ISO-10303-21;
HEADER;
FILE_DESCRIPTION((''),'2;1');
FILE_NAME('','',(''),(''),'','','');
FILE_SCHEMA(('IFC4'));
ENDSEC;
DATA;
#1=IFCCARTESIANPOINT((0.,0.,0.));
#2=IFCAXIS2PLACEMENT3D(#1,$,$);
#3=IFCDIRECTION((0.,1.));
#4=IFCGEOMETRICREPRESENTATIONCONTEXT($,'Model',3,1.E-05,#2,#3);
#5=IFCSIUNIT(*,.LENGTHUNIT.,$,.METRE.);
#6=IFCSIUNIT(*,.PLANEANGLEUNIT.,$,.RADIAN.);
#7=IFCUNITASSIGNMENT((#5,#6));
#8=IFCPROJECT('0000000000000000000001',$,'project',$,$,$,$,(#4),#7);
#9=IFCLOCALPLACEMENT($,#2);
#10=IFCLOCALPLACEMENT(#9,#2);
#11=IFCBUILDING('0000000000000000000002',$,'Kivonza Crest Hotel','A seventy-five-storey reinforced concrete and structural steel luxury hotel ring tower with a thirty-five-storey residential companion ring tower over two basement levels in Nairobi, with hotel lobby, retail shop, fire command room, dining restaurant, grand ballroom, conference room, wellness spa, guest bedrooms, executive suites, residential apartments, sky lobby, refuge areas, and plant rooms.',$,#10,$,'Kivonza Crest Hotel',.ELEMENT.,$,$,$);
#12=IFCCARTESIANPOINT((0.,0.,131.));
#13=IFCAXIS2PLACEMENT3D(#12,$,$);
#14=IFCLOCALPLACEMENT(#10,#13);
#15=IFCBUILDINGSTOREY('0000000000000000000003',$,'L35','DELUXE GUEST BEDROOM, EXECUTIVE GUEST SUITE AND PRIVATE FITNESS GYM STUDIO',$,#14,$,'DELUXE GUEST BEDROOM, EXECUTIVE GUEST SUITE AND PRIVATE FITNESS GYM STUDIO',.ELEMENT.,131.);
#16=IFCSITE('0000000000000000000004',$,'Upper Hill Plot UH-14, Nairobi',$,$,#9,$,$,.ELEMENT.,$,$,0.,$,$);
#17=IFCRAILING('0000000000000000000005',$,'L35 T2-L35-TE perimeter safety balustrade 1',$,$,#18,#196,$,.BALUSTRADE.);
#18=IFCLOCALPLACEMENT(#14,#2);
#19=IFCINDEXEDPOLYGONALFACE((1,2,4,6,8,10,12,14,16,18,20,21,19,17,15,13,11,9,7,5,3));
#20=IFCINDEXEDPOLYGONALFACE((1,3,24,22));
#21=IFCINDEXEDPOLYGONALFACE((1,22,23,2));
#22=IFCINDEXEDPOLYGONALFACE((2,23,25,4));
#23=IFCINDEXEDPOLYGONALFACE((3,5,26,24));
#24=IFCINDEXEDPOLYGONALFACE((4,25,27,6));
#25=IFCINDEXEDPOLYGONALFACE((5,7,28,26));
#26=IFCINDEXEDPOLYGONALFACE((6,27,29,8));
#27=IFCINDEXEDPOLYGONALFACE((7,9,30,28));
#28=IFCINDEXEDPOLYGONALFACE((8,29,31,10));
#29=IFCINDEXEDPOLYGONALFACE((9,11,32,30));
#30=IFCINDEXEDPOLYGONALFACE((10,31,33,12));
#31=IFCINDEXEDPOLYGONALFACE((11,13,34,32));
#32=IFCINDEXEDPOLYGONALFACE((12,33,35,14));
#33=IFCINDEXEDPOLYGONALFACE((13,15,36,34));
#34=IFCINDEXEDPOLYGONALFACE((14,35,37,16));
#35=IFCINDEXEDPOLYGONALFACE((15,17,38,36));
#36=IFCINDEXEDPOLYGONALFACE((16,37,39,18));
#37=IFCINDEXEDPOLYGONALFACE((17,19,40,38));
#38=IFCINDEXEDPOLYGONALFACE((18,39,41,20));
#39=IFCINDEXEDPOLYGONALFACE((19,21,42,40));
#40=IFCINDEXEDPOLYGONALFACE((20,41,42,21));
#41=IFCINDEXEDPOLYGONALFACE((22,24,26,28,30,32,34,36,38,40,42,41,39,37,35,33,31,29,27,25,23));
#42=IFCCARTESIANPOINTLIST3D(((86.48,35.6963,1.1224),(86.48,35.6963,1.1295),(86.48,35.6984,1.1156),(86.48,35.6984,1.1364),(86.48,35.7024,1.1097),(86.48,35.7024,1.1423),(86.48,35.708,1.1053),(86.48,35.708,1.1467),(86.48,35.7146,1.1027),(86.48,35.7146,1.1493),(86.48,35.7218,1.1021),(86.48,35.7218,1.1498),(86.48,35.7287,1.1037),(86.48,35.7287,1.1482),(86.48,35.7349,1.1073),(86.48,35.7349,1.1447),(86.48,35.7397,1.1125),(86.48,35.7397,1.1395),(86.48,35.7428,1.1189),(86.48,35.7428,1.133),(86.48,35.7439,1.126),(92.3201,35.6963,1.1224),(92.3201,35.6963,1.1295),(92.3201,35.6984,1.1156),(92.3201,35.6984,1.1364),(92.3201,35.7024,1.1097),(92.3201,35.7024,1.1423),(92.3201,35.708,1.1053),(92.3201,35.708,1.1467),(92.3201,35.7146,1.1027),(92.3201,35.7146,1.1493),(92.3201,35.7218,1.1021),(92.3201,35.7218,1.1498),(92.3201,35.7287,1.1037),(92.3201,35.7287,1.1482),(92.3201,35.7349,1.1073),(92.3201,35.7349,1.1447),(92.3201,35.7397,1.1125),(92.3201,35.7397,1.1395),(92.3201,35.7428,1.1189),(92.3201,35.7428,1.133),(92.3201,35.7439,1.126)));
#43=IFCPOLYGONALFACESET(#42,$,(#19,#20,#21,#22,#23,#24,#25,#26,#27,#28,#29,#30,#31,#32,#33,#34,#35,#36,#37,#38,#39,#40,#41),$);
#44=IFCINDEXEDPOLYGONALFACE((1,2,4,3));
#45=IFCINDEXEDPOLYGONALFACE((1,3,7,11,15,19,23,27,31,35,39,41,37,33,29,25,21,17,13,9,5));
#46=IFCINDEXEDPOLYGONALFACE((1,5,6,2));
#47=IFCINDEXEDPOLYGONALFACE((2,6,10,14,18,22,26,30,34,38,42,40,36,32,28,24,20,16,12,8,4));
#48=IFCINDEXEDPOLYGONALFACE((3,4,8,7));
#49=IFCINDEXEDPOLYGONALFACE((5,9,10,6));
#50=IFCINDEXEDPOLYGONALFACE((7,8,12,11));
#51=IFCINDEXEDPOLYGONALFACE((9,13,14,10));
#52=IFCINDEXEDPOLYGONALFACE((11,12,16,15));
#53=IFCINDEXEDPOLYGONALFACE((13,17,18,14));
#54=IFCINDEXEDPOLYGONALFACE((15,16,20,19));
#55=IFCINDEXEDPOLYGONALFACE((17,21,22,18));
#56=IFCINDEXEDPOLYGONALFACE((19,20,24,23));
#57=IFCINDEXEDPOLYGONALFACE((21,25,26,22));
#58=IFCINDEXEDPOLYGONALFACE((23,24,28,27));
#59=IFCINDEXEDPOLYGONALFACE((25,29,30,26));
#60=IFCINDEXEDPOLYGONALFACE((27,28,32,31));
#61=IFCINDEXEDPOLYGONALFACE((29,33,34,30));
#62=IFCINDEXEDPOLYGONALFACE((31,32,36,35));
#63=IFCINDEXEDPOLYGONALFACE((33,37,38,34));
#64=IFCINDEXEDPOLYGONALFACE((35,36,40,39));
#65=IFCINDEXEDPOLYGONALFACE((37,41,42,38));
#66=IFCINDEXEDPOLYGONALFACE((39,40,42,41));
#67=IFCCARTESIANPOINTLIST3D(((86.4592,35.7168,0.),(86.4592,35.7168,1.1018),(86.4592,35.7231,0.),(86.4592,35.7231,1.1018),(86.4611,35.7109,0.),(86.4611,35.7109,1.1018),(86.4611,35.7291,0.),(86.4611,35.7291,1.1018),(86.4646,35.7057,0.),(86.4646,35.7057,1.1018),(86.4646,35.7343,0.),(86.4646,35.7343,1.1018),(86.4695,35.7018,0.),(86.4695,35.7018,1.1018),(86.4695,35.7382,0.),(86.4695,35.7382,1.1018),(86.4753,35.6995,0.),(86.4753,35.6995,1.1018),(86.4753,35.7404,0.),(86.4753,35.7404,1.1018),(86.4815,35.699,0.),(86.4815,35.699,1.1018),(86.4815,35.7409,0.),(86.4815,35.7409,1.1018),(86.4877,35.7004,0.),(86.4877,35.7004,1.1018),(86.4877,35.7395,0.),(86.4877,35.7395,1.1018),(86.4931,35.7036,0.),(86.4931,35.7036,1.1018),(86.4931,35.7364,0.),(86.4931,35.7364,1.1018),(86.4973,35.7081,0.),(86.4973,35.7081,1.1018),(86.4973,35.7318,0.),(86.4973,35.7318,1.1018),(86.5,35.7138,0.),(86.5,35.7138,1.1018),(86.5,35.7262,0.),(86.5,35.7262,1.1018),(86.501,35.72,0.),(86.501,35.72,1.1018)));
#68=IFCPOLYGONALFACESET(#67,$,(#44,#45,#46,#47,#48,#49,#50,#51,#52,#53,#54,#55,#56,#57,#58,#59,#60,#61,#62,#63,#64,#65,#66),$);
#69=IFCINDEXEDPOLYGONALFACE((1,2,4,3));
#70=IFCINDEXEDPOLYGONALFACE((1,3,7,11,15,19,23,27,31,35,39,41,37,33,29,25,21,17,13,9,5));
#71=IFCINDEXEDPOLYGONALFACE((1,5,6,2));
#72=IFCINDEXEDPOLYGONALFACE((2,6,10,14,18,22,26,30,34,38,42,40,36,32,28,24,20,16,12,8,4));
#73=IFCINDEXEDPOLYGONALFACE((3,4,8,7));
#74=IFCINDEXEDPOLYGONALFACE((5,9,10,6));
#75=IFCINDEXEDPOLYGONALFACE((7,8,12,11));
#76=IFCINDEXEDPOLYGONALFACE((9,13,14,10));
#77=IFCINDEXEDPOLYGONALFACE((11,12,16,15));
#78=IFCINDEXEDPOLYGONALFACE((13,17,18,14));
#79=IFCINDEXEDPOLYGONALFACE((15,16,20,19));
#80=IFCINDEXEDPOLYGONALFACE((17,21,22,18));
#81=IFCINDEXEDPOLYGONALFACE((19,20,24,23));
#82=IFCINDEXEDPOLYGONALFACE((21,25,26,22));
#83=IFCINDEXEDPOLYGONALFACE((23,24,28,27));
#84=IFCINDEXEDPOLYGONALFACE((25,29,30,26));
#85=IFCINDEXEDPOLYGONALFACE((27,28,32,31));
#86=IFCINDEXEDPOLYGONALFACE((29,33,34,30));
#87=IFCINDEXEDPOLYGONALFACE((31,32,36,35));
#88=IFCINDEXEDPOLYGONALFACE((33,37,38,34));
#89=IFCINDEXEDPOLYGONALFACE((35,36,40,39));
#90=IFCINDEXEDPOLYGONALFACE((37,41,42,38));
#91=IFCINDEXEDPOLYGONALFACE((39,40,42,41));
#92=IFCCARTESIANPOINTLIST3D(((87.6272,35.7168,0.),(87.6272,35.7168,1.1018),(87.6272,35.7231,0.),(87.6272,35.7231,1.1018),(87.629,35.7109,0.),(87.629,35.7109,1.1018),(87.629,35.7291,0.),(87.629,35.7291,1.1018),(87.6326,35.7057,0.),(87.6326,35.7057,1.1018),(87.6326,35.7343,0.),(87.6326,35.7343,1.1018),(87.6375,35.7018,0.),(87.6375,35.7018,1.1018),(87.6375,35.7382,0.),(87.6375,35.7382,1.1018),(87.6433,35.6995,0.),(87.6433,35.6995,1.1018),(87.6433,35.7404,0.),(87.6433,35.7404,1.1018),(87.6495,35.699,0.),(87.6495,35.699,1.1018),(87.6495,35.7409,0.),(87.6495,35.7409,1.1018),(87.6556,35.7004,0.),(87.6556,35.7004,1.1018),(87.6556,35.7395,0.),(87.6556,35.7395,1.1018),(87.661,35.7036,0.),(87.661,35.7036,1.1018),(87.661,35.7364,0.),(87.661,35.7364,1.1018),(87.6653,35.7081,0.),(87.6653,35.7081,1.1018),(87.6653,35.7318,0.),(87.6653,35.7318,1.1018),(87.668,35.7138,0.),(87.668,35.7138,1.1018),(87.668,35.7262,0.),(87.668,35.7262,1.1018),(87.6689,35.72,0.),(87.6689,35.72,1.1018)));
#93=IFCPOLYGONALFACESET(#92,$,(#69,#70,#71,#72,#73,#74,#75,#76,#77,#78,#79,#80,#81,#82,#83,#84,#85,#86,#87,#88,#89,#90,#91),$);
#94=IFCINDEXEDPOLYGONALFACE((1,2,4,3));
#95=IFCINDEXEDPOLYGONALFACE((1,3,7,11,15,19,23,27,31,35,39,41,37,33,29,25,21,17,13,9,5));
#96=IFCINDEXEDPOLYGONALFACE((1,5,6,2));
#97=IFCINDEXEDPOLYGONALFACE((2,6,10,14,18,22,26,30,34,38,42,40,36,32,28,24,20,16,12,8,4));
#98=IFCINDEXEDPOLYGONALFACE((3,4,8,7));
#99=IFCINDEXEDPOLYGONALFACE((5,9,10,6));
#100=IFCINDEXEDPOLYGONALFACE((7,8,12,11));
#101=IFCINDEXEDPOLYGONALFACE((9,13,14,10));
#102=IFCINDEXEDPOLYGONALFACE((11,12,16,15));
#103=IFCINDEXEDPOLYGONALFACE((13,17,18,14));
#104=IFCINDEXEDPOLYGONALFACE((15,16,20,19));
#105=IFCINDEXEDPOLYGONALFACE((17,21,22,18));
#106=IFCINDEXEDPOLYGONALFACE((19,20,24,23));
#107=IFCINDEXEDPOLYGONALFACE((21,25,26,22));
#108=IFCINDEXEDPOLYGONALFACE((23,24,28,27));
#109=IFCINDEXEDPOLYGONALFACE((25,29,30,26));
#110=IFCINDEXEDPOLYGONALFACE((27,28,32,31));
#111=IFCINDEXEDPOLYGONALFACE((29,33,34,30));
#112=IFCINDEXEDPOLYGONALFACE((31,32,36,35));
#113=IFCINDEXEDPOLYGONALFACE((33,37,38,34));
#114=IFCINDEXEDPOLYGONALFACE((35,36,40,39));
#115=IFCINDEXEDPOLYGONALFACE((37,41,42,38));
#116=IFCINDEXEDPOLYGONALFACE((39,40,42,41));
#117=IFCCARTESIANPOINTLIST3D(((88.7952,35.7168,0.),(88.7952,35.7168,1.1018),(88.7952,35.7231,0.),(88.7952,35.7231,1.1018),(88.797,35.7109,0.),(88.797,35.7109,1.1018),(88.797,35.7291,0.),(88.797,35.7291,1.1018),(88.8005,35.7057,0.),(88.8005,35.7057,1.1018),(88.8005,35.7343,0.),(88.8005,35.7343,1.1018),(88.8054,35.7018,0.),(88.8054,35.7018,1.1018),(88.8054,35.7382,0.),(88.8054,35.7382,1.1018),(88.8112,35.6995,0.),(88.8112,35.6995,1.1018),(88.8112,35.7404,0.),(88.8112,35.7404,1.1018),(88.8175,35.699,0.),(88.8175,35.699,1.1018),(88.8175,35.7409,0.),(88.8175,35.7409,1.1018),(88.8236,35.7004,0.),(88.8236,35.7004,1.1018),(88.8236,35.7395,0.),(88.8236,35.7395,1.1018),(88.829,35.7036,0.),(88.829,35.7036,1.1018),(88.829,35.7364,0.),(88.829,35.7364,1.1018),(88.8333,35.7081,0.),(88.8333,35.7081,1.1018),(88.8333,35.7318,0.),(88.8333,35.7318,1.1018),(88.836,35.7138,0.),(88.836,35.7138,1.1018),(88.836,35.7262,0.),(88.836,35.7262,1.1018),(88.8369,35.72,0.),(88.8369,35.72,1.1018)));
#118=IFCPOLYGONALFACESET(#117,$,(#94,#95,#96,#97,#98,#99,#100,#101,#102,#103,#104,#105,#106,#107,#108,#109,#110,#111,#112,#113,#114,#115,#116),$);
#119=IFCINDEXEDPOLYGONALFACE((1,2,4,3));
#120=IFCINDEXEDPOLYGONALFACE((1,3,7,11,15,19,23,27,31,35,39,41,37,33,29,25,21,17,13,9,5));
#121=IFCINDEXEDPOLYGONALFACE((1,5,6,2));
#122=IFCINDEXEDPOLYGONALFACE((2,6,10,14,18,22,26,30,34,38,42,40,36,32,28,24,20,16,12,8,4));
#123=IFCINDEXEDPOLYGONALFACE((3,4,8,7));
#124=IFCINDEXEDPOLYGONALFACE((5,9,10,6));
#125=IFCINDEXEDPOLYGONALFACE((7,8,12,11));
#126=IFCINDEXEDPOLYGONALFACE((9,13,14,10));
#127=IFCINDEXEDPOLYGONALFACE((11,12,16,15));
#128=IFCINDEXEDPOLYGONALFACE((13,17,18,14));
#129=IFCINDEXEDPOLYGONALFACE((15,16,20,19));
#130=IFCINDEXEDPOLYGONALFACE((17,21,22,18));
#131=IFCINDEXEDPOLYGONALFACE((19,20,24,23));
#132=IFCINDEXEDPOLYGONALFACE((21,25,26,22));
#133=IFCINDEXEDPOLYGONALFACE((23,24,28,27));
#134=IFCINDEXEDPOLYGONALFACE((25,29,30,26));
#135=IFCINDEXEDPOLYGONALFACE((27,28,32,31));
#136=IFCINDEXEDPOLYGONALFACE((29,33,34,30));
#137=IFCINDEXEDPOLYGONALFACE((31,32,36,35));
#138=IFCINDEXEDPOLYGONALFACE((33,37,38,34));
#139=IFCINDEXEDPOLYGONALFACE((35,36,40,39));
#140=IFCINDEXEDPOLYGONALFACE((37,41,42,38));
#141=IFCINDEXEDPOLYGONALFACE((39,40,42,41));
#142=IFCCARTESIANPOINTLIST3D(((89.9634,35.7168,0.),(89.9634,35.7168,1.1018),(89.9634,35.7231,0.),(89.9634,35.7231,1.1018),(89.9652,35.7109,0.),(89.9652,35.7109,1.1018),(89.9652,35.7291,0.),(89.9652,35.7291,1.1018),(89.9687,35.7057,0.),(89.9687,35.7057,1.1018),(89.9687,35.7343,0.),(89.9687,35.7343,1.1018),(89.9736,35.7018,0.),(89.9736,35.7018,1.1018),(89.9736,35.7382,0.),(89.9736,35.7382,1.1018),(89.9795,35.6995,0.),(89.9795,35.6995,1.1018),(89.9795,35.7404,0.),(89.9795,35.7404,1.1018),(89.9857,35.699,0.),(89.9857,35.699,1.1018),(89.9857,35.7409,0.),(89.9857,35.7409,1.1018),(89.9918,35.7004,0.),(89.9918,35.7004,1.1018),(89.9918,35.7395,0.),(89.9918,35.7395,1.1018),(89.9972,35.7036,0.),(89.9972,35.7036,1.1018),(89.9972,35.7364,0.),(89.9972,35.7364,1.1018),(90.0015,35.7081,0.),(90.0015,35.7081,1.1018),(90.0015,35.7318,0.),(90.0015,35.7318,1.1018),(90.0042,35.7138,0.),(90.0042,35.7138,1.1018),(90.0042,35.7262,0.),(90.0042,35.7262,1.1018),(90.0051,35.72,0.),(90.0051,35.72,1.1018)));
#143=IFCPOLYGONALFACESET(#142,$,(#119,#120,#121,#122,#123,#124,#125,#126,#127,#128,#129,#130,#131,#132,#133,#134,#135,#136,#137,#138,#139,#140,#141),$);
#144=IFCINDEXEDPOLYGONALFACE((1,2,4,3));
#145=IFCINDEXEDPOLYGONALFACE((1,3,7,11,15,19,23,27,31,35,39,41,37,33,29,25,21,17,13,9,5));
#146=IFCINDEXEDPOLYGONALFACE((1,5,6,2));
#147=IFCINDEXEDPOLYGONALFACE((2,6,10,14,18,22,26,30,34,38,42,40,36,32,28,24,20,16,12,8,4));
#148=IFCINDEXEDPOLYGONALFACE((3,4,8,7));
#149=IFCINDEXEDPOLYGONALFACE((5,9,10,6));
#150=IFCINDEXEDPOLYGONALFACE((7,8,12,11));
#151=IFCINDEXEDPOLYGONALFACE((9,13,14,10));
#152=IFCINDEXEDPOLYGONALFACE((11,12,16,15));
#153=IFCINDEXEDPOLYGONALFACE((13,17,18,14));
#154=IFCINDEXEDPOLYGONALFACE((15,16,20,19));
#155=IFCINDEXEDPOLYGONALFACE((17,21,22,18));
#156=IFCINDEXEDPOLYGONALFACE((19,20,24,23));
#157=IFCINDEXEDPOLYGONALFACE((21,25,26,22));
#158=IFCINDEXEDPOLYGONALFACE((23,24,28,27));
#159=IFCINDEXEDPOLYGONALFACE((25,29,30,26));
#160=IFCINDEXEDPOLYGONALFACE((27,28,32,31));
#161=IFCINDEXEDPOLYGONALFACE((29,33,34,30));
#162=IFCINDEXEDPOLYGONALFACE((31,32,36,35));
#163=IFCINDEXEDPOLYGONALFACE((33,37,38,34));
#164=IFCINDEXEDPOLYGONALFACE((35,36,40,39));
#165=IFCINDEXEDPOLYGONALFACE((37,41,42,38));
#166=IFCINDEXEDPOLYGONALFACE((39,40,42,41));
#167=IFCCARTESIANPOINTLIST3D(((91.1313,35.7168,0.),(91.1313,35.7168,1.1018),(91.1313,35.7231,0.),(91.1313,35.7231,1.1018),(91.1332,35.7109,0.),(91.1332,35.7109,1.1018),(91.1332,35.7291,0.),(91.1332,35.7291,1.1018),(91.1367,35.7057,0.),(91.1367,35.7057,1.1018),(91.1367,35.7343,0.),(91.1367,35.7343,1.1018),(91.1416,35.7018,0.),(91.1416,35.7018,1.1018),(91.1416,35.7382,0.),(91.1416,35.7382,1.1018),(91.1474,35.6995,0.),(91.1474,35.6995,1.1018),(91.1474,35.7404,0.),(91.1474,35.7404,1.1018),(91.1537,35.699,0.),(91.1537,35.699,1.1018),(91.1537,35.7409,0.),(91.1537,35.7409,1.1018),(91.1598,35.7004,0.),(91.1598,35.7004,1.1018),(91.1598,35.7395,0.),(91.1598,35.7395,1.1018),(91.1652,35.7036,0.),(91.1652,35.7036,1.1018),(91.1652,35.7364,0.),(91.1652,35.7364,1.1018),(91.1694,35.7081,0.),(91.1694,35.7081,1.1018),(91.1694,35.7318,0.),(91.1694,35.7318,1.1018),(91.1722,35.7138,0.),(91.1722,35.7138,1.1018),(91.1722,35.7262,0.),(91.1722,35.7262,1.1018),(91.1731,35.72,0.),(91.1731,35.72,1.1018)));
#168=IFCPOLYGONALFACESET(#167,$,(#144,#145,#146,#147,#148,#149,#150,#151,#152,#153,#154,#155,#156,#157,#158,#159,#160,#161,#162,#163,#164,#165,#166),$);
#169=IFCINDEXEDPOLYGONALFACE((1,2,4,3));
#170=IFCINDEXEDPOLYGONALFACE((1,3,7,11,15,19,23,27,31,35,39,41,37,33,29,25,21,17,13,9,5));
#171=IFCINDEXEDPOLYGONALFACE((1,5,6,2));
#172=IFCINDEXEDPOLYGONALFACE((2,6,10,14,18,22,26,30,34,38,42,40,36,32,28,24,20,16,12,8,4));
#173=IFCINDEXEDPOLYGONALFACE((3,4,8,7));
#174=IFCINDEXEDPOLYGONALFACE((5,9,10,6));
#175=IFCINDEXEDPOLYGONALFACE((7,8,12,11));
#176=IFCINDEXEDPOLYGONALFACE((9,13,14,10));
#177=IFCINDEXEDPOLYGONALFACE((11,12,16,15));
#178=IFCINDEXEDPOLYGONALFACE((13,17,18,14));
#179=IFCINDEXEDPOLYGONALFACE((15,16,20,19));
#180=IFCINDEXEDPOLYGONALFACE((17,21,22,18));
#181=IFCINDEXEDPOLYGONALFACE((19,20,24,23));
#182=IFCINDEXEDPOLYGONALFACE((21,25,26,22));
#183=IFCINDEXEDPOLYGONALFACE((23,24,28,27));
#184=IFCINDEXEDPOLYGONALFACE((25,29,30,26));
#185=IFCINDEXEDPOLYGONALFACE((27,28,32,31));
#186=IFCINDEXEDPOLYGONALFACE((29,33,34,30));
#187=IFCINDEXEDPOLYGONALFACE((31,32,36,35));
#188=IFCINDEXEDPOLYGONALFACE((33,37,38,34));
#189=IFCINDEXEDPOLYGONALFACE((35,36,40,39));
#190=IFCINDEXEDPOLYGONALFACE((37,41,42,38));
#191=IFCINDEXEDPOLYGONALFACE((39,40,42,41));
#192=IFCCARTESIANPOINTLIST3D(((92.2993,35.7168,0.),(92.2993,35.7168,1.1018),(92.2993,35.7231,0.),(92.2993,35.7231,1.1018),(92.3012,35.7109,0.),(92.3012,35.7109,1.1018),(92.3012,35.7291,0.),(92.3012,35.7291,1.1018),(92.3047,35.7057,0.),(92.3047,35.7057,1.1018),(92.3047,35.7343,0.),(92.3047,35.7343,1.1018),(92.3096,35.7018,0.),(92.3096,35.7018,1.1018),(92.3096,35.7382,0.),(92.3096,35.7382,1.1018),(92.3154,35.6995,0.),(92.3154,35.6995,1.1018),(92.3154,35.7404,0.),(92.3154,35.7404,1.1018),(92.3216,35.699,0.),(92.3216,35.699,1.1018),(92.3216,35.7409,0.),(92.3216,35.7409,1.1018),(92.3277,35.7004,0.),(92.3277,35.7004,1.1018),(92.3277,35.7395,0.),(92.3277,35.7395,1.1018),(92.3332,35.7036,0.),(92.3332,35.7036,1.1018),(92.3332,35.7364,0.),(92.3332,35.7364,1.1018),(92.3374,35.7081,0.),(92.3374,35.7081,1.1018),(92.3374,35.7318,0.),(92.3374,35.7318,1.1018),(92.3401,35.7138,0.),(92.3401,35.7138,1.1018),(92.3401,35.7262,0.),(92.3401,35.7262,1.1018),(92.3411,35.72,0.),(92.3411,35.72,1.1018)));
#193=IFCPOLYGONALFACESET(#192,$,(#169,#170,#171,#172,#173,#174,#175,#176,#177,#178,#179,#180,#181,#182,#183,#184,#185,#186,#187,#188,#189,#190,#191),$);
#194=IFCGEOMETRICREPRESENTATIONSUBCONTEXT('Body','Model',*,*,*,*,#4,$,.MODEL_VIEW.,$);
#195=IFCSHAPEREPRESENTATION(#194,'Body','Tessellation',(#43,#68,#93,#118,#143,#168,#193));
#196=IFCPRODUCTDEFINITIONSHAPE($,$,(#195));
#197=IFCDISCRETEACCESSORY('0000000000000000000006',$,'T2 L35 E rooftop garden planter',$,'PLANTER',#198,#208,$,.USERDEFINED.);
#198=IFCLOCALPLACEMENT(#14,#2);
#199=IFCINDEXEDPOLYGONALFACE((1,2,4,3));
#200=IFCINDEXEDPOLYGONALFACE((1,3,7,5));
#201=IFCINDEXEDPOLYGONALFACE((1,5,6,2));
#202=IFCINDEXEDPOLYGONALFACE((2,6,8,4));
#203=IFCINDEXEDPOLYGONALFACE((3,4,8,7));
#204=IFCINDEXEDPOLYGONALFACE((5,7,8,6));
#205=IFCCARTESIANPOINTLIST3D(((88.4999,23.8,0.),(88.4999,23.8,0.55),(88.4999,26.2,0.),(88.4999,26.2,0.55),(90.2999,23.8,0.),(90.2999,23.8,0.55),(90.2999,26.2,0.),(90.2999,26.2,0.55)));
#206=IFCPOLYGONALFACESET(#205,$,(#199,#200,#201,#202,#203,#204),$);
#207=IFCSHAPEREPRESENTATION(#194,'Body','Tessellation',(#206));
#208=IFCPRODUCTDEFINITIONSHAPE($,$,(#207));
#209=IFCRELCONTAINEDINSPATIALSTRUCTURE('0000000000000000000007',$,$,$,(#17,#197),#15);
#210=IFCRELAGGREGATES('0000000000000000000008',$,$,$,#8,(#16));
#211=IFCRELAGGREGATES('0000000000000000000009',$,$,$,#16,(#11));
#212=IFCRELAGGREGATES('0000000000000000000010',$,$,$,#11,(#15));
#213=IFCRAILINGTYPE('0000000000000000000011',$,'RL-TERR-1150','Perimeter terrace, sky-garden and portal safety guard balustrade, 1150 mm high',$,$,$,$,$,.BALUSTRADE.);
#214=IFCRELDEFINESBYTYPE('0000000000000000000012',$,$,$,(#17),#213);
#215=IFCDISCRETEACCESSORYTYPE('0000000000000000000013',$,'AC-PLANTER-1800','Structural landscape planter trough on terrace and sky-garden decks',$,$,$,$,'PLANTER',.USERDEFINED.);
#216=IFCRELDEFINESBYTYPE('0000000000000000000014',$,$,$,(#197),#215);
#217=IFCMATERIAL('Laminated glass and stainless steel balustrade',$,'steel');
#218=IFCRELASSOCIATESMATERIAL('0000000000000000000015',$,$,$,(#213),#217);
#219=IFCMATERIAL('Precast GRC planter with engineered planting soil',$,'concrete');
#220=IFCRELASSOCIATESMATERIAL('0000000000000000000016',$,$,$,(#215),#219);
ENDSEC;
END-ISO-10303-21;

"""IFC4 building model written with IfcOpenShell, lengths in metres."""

from ifc_helpers import new_model, si_unit, direction, frame, origin, origin_2d, place, context, subcontext, project, spatial, rectangle, circle, extrude, material, type_object, element, save


model = new_model("IFC4")

# Units and contexts
model_context = context("Model", 3, precision=1e-05, world=origin(), true_north=direction((0.0, 1.0)))
body_context = subcontext(model_context, "Body", "Model", "MODEL_VIEW")
ifc_project = project(units=[si_unit("LENGTHUNIT", "METRE"), si_unit("PLANEANGLEUNIT", "RADIAN")], contexts=[model_context])

# Site, building, storey
site_placement = place(None, origin())
site = spatial("IfcSite", under=ifc_project, at=site_placement, Name="Upper Hill Plot UH-14, Nairobi", CompositionType="ELEMENT", RefElevation=0.0)
building_placement = place(site_placement, origin())
building = spatial("IfcBuilding", under=site, at=building_placement, Name="Kivonza Crest Hotel", Description="A seventy-five-storey reinforced concrete and structural steel luxury hotel ring tower with a thirty-five-storey residential companion ring tower over two basement levels in Nairobi, with hotel lobby, retail shop, fire command room, dining restaurant, grand ballroom, conference room, wellness spa, guest bedrooms, executive suites, residential apartments, sky lobby, refuge areas, and plant rooms.", LongName="Kivonza Crest Hotel", CompositionType="ELEMENT")
storey_placement = place(building_placement, frame((0.0, 0.0, 131.0)))
storey = spatial("IfcBuildingStorey", under=building, at=storey_placement, Name="L35", Description="DELUXE GUEST BEDROOM, EXECUTIVE GUEST SUITE AND PRIVATE FITNESS GYM STUDIO", LongName="DELUXE GUEST BEDROOM, EXECUTIVE GUEST SUITE AND PRIVATE FITNESS GYM STUDIO", CompositionType="ELEMENT", Elevation=131.0)

# Railing
ifc_material_1 = material(Name="Laminated glass and stainless steel balustrade", Category="steel")
railing_type_1 = type_object("IfcRailingType", Name="RL-TERR-1150", Description="Perimeter terrace, sky-garden and portal safety guard balustrade, 1150 mm high", PredefinedType="BALUSTRADE", material=ifc_material_1)
railing_1_placement = place(storey_placement, frame((86.48, 35.72, 0.0)))
element("IfcRailing", 1, at=railing_1_placement, inside=storey, type_object=railing_type_1, Name="L35 T2-L35-TE perimeter safety balustrade 1", PredefinedType="BALUSTRADE", context=body_context, shape_type="SweptSolid", body=[
    extrude(circle(Radius=0.0239, at=origin_2d()), frame((0.0, 0.0, 1.126), z_axis=(1.0, 0.0, 0.0), x_axis=(0.0, 1.0, 0.0)), (0.0, 0.0, 1.0), 5.8401),
    extrude(circle(Radius=0.021, at=origin_2d()), origin(), (0.0, 0.0, 1.0), 1.1018),
    extrude(circle(Radius=0.021, at=origin_2d()), frame((1.168, 0.0, 0.0)), (0.0, 0.0, 1.0), 1.1018),
    extrude(circle(Radius=0.021, at=origin_2d()), frame((2.3359, 0.0, 0.0)), (0.0, 0.0, 1.0), 1.1018),
    extrude(circle(Radius=0.021, at=origin_2d()), frame((3.5042, 0.0, 0.0)), (0.0, 0.0, 1.0), 1.1018),
    extrude(circle(Radius=0.021, at=origin_2d()), frame((4.6721, 0.0, 0.0)), (0.0, 0.0, 1.0), 1.1018),
    extrude(circle(Radius=0.021, at=origin_2d()), frame((5.8401, 0.0, 0.0)), (0.0, 0.0, 1.0), 1.1018),
])

# Discrete accessory
ifc_material_2 = material(Name="Precast GRC planter with engineered planting soil", Category="concrete")
discrete_accessory_type = type_object("IfcDiscreteAccessoryType", Name="AC-PLANTER-1800", Description="Structural landscape planter trough on terrace and sky-garden decks", ElementType="PLANTER", PredefinedType="USERDEFINED", material=ifc_material_2)
discrete_accessory_placement = place(storey_placement, frame((89.3999, 25.0, 0.0), z_axis=(0.0, 0.0, 1.0), x_axis=(1.0, 0.0, 0.0)))
element("IfcDiscreteAccessory", 2, at=discrete_accessory_placement, inside=storey, type_object=discrete_accessory_type, Name="T2 L35 E rooftop garden planter", ObjectType="PLANTER", PredefinedType="USERDEFINED", context=body_context, shape_type="SweptSolid", body=[
    extrude(rectangle(XDim=1.8, YDim=2.3999, at=origin_2d()), origin(), (0.0, 0.0, 1.0), 0.55),
])

save(model, "model.ifc")
